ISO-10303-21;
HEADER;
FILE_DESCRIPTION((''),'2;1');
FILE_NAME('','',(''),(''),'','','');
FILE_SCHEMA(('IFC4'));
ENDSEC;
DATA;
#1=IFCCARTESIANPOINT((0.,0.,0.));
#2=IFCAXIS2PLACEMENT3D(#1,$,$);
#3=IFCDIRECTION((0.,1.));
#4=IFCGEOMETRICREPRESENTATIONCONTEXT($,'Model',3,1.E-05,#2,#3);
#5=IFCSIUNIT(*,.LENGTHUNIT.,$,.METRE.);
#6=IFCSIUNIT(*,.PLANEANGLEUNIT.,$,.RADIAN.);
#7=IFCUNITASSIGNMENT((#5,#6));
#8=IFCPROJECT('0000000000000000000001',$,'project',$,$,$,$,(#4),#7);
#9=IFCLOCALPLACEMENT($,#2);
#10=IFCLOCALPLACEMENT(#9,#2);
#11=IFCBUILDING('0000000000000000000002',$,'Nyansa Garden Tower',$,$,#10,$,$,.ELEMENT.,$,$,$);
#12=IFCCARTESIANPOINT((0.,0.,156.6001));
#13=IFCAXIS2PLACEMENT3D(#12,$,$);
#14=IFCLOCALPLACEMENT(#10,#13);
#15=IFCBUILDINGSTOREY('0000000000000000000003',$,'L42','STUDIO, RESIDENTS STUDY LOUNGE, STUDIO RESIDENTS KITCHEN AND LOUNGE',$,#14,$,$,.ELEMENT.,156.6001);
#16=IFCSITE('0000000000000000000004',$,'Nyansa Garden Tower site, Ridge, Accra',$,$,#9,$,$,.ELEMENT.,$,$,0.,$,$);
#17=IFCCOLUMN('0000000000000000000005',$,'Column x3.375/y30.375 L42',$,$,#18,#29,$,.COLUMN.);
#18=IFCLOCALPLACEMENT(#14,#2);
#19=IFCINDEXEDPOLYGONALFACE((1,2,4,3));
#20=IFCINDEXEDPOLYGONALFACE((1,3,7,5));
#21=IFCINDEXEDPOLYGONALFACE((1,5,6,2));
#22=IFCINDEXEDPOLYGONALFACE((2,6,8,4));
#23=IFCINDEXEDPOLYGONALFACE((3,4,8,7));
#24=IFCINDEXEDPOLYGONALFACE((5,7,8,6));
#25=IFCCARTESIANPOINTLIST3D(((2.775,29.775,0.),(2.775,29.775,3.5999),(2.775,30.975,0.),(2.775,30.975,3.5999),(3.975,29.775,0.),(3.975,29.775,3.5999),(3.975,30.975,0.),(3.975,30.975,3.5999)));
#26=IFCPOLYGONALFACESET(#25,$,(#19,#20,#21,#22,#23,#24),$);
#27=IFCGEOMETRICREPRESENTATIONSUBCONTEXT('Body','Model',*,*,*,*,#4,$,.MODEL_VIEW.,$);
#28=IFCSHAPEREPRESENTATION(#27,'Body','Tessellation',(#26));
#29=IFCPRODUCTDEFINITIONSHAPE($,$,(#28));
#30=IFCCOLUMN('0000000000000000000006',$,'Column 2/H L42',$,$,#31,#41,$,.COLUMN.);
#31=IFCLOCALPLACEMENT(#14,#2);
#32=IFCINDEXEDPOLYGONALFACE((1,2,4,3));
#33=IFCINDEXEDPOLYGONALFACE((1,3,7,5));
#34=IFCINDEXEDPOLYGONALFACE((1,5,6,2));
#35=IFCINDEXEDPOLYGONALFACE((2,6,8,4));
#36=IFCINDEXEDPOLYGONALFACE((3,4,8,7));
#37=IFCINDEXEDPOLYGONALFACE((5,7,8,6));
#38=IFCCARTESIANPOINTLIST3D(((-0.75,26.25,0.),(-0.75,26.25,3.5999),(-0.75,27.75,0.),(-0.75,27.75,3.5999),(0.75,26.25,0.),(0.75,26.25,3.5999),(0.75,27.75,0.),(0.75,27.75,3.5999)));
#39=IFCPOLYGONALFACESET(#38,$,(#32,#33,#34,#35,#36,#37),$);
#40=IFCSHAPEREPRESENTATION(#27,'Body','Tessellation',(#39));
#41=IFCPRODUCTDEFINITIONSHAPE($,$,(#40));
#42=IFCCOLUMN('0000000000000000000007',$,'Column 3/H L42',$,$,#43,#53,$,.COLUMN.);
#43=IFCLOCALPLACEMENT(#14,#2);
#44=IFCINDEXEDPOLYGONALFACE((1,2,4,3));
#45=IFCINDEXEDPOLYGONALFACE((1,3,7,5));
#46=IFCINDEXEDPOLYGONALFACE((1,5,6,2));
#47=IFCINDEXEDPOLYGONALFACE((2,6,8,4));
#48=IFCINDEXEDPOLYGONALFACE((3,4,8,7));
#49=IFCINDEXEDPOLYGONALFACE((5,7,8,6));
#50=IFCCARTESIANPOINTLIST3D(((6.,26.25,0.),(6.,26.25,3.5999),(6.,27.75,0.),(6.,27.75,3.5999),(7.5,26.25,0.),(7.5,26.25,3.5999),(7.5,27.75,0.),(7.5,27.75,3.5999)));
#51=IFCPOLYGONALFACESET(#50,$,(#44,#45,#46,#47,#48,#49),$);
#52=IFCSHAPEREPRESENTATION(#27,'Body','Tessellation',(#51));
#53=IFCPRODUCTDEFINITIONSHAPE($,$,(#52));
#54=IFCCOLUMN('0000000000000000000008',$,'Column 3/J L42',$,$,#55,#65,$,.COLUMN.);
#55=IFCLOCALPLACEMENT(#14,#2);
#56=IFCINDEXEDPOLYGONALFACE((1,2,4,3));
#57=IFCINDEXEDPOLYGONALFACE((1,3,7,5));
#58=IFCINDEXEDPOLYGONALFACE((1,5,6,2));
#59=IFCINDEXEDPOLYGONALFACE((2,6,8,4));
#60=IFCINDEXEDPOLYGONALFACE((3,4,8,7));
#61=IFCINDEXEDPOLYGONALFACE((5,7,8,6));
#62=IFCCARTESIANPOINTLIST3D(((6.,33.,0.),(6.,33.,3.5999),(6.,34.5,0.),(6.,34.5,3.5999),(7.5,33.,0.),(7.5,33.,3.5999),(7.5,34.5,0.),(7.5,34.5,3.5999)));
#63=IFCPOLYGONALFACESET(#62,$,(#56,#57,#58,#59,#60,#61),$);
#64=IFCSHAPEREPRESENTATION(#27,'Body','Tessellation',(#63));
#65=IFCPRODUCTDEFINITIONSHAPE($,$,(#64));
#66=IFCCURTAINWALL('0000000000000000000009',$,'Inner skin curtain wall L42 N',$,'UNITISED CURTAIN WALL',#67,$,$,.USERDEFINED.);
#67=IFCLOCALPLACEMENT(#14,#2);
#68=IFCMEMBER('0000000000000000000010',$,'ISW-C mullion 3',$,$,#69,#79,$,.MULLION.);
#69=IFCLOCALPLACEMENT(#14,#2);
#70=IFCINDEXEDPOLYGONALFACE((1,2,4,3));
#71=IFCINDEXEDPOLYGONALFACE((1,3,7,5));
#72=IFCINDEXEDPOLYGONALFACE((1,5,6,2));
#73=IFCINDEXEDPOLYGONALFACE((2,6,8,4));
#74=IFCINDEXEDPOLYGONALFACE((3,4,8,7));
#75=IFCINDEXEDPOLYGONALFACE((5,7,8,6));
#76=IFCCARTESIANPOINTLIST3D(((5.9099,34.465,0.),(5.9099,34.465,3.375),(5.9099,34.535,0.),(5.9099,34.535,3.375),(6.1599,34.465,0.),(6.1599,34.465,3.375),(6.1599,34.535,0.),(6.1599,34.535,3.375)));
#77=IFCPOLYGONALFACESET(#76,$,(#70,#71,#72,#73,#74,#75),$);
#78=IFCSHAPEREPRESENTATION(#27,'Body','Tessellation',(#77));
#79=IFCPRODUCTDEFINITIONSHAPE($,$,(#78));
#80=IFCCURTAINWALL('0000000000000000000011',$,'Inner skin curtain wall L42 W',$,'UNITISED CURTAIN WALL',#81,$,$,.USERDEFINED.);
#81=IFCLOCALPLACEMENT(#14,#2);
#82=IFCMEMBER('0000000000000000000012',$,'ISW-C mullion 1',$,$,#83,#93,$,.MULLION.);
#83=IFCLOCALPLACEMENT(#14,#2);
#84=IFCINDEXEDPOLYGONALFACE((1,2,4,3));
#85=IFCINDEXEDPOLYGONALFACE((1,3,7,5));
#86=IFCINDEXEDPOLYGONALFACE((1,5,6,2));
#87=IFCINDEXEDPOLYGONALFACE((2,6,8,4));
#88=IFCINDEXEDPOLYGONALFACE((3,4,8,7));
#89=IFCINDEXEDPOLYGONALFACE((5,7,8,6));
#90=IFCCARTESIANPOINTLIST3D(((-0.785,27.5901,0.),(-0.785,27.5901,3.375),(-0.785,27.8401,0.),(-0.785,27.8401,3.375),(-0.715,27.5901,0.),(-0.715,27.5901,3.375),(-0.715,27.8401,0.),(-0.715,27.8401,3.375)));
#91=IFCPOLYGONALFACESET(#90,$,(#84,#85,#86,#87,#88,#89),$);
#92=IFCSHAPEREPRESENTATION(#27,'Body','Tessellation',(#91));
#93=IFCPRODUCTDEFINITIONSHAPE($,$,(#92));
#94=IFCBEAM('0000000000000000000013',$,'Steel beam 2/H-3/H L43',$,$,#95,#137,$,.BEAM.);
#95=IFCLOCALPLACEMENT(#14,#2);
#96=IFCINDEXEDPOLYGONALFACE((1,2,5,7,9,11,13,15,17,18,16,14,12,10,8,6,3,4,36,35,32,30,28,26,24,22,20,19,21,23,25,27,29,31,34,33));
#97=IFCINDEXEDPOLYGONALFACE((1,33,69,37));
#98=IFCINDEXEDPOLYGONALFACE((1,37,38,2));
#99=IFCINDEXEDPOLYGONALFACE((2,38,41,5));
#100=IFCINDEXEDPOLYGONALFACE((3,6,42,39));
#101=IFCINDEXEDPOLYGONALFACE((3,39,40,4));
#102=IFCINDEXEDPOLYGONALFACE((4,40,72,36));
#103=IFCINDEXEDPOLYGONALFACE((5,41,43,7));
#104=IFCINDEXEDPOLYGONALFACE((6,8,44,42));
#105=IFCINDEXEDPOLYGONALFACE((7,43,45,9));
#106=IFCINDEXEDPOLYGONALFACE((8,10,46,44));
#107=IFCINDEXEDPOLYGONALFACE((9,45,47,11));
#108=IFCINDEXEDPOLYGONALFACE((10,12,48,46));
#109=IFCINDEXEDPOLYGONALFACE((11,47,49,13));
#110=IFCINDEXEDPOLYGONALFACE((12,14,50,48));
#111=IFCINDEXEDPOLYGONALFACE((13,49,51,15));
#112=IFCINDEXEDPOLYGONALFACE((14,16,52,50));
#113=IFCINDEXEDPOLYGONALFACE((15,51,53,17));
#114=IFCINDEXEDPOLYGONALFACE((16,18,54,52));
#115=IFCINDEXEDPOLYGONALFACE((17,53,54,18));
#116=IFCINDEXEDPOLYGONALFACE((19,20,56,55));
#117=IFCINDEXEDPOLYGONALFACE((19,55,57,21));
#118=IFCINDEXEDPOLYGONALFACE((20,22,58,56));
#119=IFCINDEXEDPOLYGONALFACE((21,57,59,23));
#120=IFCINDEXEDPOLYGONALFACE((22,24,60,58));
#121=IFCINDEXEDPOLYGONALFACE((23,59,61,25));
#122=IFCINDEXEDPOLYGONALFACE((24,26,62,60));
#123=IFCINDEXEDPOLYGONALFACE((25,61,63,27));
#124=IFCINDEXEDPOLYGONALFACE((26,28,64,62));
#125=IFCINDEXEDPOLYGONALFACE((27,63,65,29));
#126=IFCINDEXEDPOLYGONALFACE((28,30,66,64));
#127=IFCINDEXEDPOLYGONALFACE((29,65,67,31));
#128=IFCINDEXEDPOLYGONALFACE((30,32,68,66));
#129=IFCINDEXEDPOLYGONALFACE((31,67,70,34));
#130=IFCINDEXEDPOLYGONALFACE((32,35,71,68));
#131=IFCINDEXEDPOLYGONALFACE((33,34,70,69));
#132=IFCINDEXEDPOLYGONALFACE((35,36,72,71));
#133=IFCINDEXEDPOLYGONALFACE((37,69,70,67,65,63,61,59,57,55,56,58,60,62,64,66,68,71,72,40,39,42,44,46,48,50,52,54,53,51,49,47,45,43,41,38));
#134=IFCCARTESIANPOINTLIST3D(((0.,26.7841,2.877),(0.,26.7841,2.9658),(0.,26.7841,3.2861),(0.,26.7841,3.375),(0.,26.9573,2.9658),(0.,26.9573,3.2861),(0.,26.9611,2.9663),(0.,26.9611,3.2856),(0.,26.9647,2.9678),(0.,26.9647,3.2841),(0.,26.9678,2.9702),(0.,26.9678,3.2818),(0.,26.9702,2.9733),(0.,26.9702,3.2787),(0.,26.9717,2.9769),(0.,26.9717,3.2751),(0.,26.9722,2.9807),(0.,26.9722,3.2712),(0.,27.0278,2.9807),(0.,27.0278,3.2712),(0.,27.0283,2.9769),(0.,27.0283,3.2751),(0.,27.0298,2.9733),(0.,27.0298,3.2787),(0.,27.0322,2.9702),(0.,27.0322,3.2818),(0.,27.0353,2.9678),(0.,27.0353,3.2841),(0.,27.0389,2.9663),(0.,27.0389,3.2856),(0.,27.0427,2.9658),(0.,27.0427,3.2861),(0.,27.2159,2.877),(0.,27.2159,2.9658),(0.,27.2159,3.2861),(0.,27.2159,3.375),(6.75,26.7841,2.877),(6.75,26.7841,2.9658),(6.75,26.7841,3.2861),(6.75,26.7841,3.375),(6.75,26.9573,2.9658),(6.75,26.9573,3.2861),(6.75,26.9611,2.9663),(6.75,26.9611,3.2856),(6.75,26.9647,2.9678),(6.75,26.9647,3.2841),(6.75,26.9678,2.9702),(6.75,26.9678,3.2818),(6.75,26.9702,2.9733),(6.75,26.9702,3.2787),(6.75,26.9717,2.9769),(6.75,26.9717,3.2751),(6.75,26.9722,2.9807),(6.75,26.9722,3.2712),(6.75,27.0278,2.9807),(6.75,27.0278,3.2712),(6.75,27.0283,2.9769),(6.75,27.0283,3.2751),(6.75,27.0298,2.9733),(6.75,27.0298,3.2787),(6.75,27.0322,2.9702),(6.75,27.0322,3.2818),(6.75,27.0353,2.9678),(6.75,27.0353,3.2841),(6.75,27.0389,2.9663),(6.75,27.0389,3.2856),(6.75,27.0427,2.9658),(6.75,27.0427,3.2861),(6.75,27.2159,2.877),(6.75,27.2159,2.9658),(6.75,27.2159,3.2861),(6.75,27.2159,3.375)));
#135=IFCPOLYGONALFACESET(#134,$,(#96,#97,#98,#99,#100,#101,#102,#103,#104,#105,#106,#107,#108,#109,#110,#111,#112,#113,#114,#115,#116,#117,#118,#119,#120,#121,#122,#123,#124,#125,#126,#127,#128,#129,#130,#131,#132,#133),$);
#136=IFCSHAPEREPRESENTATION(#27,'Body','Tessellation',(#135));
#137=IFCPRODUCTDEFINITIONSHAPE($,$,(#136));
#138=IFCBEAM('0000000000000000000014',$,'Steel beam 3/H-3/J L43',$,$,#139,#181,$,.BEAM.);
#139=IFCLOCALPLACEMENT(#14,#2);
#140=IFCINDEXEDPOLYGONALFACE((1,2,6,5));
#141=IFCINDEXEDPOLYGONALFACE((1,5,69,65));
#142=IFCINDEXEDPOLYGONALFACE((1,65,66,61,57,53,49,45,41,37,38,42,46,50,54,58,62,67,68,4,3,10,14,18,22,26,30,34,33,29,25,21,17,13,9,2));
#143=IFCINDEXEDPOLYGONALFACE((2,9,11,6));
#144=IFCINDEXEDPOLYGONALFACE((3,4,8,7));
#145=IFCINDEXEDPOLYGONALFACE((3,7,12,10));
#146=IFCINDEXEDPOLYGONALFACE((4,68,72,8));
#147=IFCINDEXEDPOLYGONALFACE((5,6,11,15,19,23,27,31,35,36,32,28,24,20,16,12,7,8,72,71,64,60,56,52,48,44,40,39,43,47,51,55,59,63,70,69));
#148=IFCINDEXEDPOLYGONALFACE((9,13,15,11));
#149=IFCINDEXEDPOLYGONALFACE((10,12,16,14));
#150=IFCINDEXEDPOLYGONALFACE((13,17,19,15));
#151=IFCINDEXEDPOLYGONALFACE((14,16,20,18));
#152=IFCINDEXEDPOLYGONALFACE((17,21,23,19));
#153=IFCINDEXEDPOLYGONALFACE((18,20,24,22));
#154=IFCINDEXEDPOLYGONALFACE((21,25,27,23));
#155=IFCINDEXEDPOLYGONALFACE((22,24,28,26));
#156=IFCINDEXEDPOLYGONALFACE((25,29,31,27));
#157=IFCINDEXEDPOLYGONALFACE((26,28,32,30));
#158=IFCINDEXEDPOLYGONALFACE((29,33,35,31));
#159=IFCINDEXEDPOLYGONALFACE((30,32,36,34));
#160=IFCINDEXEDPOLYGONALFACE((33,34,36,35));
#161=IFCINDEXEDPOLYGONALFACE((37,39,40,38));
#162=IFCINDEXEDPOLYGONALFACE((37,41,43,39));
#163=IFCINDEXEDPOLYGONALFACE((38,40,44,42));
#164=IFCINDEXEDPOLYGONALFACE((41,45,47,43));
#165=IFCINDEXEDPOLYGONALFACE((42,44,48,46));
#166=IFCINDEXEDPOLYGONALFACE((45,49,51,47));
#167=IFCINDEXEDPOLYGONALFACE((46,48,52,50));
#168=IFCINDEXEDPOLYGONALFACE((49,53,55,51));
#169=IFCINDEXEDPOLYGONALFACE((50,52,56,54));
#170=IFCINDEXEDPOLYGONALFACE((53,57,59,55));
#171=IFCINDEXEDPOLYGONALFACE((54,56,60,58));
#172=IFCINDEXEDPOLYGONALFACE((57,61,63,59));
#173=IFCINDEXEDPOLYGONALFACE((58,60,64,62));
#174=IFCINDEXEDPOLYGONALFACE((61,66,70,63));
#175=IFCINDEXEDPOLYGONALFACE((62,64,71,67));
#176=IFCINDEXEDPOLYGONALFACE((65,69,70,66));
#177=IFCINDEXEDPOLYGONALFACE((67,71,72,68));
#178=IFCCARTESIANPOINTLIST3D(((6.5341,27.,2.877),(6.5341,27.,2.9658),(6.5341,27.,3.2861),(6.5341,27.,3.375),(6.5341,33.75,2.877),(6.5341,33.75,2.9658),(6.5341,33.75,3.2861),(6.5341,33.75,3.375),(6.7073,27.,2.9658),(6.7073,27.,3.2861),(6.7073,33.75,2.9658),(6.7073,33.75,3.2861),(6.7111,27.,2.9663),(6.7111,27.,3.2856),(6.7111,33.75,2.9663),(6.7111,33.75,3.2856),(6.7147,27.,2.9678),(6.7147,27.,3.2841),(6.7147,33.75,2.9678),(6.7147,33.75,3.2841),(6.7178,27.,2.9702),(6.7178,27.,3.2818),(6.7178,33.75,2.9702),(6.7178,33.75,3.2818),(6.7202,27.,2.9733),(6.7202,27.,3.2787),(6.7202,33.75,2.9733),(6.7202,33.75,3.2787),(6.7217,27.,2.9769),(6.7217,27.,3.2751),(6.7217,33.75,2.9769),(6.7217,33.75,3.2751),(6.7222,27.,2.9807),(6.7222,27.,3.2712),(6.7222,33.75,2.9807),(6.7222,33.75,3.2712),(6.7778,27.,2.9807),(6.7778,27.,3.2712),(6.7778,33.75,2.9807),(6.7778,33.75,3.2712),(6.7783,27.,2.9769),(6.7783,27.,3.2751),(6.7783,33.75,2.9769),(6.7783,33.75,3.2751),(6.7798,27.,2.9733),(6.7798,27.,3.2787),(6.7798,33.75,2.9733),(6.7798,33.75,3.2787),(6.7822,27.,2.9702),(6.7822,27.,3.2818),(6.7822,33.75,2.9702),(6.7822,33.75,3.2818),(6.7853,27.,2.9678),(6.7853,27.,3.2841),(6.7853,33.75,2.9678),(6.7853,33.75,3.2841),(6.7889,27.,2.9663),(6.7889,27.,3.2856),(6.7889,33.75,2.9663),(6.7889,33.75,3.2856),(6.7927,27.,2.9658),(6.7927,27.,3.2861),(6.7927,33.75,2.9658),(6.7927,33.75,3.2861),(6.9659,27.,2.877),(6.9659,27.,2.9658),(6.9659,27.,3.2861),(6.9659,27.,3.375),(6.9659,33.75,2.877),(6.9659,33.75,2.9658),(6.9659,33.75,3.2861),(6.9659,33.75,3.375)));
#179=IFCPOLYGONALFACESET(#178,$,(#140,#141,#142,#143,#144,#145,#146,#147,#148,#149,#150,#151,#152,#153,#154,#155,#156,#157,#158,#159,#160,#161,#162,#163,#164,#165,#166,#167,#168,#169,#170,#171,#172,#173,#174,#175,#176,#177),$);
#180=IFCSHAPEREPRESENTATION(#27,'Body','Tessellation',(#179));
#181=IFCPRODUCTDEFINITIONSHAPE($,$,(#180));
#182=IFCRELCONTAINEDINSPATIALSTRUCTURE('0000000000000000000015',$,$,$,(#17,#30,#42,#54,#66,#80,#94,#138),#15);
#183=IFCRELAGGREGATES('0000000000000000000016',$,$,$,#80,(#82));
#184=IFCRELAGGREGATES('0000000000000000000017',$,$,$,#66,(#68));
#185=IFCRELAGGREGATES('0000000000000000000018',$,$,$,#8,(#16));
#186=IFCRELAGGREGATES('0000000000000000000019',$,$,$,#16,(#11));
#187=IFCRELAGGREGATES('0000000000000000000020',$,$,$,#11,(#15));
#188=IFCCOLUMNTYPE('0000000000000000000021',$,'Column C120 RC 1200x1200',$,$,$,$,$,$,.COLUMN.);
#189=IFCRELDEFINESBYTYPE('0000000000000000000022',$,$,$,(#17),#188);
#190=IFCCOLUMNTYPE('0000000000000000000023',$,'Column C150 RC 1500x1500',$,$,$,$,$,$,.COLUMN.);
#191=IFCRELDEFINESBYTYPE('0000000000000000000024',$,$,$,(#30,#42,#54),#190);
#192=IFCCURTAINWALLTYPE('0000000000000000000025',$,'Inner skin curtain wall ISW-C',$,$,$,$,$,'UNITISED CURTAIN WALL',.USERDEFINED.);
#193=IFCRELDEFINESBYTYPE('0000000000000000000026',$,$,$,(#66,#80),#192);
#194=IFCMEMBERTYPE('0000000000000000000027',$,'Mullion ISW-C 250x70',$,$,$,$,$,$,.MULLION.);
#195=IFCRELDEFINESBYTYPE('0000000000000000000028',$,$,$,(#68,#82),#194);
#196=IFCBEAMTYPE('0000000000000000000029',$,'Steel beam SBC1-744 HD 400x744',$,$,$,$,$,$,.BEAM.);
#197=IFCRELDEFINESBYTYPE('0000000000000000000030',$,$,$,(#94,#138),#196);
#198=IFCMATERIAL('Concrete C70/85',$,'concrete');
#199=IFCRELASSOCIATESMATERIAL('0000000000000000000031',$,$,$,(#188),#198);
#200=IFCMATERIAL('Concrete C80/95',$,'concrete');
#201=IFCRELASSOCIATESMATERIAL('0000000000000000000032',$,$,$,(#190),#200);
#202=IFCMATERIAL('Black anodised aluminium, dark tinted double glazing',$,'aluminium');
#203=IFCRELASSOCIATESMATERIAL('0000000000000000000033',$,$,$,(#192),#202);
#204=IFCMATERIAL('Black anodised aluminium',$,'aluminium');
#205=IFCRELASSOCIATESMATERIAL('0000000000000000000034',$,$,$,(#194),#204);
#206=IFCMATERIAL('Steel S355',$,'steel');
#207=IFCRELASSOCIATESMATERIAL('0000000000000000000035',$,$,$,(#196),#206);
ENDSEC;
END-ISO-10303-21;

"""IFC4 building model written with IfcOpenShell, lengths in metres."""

from ifc_helpers import new_model, si_unit, direction, frame, origin, origin_2d, place, context, subcontext, project, spatial, rectangle, i_section, extrude, material, material_profile, profile_set, type_object, element, aggregate, save


model = new_model("IFC4")

# Units and contexts
model_context = context("Model", 3, precision=1e-05, world=origin(), true_north=direction((0.0, 1.0)))
body_context = subcontext(model_context, "Body", "Model", "MODEL_VIEW")
ifc_project = project(units=[si_unit("LENGTHUNIT", "METRE"), si_unit("PLANEANGLEUNIT", "RADIAN")], contexts=[model_context])

# Site, building, storey
site_placement = place(None, origin())
site = spatial("IfcSite", under=ifc_project, at=site_placement, Name="Nyansa Garden Tower site, Ridge, Accra", CompositionType="ELEMENT", RefElevation=0.0)
building_placement = place(site_placement, origin())
building = spatial("IfcBuilding", under=site, at=building_placement, Name="Nyansa Garden Tower", CompositionType="ELEMENT")
storey_placement = place(building_placement, frame((0.0, 0.0, 156.6001)))
storey = spatial("IfcBuildingStorey", under=building, at=storey_placement, Name="L42", Description="STUDIO, RESIDENTS STUDY LOUNGE, STUDIO RESIDENTS KITCHEN AND LOUNGE", CompositionType="ELEMENT", Elevation=156.6001)

# Columns
ifc_material_1 = material(Name="Concrete C70/85", Category="concrete")
ifc_material_profile_1 = material_profile(ifc_material_1, rectangle(XDim=1.2, YDim=1.2, at=origin_2d()), Name="RC 1200x1200")
ifc_profile_set_1 = profile_set([ifc_material_profile_1], Name="Concrete C70/85")
column_type_1 = type_object("IfcColumnType", Name="Column C120 RC 1200x1200", PredefinedType="COLUMN", material=ifc_profile_set_1)
column_placement = place(storey_placement, frame((3.375, 30.375, 0.0), z_axis=(0.0, 0.0, 1.0), x_axis=(1.0, 0.0, 0.0)))
element("IfcColumn", 1, at=column_placement, inside=storey, type_object=column_type_1, Name="Column x3.375/y30.375 L42", PredefinedType="COLUMN", context=body_context, shape_type="SweptSolid", body=[
    extrude(rectangle(XDim=1.2, YDim=1.2, at=origin_2d()), origin(), (0.0, 0.0, 1.0), 3.5999),
])
ifc_material_2 = material(Name="Concrete C80/95", Category="concrete")
ifc_material_profile_2 = material_profile(ifc_material_2, rectangle(XDim=1.5, YDim=1.5, at=origin_2d()), Name="RC 1500x1500")
ifc_profile_set_2 = profile_set([ifc_material_profile_2], Name="Concrete C80/95")
column_type_2 = type_object("IfcColumnType", Name="Column C150 RC 1500x1500", PredefinedType="COLUMN", material=ifc_profile_set_2)
for number, where, z_axis, x_axis, name in (
    (2, (0.0, 27.0, 0.0), (0.0, 0.0, 1.0), (1.0, 0.0, 0.0), "Column 2/H L42"),
    (3, (6.75, 27.0, 0.0), (0.0, 0.0, 1.0), (1.0, 0.0, 0.0), "Column 3/H L42"),
    (4, (6.75, 33.75, 0.0), (0.0, 0.0, 1.0), (1.0, 0.0, 0.0), "Column 3/J L42"),
):
    element("IfcColumn", number, at=place(storey_placement, frame(where, z_axis=z_axis, x_axis=x_axis)), inside=storey, type_object=column_type_2, Name=name, PredefinedType="COLUMN", context=body_context, shape_type="SweptSolid", body=[
        extrude(rectangle(XDim=1.5, YDim=1.5, at=origin_2d()), origin(), (0.0, 0.0, 1.0), 3.5999),
    ])

# Curtain walls, members
ifc_material_3 = material(Name="Black anodised aluminium, dark tinted double glazing", Category="aluminium")
curtain_wall_type = type_object("IfcCurtainWallType", Name="Inner skin curtain wall ISW-C", ElementType="UNITISED CURTAIN WALL", PredefinedType="USERDEFINED", material=ifc_material_3)
curtain_wall_1_placement = place(storey_placement, origin())
curtain_wall_1 = element("IfcCurtainWall", 5, at=curtain_wall_1_placement, inside=storey, type_object=curtain_wall_type, Name="Inner skin curtain wall L42 N", ObjectType="UNITISED CURTAIN WALL", PredefinedType="USERDEFINED")
ifc_material_4 = material(Name="Black anodised aluminium", Category="aluminium")
ifc_material_profile_3 = material_profile(ifc_material_4, rectangle(XDim=0.0701, YDim=0.25, at=origin_2d()), Name="Mullion 250x70")
ifc_profile_set_3 = profile_set([ifc_material_profile_3], Name="Black anodised aluminium")
member_type_1 = type_object("IfcMemberType", Name="Mullion ISW-C 250x70", PredefinedType="MULLION", material=ifc_profile_set_3)
member_1_placement = place(storey_placement, frame((6.0349, 34.5, 0.0), z_axis=(0.0, 0.0, 1.0), x_axis=(0.0, -1.0, 0.0)))
member_1 = element("IfcMember", 6, at=member_1_placement, type_object=member_type_1, Name="ISW-C mullion 3", PredefinedType="MULLION", context=body_context, shape_type="SweptSolid", body=[
    extrude(rectangle(XDim=0.0701, YDim=0.25, at=origin_2d()), origin(), (0.0, 0.0, 1.0), 3.375),
])
curtain_wall_2_placement = place(storey_placement, origin())
curtain_wall_2 = element("IfcCurtainWall", 7, at=curtain_wall_2_placement, inside=storey, type_object=curtain_wall_type, Name="Inner skin curtain wall L42 W", ObjectType="UNITISED CURTAIN WALL", PredefinedType="USERDEFINED")
member_2_placement = place(storey_placement, frame((-0.75, 27.7151, 0.0), z_axis=(0.0, 0.0, 1.0), x_axis=(1.0, 0.0, 0.0)))
member_2 = element("IfcMember", 8, at=member_2_placement, type_object=member_type_1, Name="ISW-C mullion 1", PredefinedType="MULLION", context=body_context, shape_type="SweptSolid", body=[
    extrude(rectangle(XDim=0.0701, YDim=0.25, at=origin_2d()), origin(), (0.0, 0.0, 1.0), 3.375),
])

# Beams
ifc_material_5 = material(Name="Steel S355", Category="steel")
ifc_material_profile_4 = material_profile(ifc_material_5, i_section(OverallWidth=0.4319, OverallDepth=0.498, WebThickness=0.0557, FlangeThickness=0.0889, FilletRadius=0.0149, at=origin_2d()), Name="HD 400x744")
ifc_profile_set_4 = profile_set([ifc_material_profile_4], Name="Steel S355")
beam_type_1 = type_object("IfcBeamType", Name="Steel beam SBC1-744 HD 400x744", PredefinedType="BEAM", material=ifc_profile_set_4)
for number, where, z_axis, x_axis, name in (
    (9, (0.0, 27.0, 3.126), (1.0, 0.0, 0.0), (0.0, 1.0, 0.0), "Steel beam 2/H-3/H L43"),
    (10, (6.75, 27.0, 3.126), (0.0, 1.0, 0.0), (-1.0, 0.0, 0.0), "Steel beam 3/H-3/J L43"),
):
    element("IfcBeam", number, at=place(storey_placement, frame(where, z_axis=z_axis, x_axis=x_axis)), inside=storey, type_object=beam_type_1, Name=name, PredefinedType="BEAM", context=body_context, shape_type="SweptSolid", body=[
        extrude(i_section(OverallWidth=0.4319, OverallDepth=0.498, WebThickness=0.0557, FlangeThickness=0.0889, FilletRadius=0.0149, at=origin_2d()), origin(), (0.0, 0.0, 1.0), 6.75),
    ])

aggregate(curtain_wall_2, [member_2])

aggregate(curtain_wall_1, [member_1])

save(model, "model.ifc")
